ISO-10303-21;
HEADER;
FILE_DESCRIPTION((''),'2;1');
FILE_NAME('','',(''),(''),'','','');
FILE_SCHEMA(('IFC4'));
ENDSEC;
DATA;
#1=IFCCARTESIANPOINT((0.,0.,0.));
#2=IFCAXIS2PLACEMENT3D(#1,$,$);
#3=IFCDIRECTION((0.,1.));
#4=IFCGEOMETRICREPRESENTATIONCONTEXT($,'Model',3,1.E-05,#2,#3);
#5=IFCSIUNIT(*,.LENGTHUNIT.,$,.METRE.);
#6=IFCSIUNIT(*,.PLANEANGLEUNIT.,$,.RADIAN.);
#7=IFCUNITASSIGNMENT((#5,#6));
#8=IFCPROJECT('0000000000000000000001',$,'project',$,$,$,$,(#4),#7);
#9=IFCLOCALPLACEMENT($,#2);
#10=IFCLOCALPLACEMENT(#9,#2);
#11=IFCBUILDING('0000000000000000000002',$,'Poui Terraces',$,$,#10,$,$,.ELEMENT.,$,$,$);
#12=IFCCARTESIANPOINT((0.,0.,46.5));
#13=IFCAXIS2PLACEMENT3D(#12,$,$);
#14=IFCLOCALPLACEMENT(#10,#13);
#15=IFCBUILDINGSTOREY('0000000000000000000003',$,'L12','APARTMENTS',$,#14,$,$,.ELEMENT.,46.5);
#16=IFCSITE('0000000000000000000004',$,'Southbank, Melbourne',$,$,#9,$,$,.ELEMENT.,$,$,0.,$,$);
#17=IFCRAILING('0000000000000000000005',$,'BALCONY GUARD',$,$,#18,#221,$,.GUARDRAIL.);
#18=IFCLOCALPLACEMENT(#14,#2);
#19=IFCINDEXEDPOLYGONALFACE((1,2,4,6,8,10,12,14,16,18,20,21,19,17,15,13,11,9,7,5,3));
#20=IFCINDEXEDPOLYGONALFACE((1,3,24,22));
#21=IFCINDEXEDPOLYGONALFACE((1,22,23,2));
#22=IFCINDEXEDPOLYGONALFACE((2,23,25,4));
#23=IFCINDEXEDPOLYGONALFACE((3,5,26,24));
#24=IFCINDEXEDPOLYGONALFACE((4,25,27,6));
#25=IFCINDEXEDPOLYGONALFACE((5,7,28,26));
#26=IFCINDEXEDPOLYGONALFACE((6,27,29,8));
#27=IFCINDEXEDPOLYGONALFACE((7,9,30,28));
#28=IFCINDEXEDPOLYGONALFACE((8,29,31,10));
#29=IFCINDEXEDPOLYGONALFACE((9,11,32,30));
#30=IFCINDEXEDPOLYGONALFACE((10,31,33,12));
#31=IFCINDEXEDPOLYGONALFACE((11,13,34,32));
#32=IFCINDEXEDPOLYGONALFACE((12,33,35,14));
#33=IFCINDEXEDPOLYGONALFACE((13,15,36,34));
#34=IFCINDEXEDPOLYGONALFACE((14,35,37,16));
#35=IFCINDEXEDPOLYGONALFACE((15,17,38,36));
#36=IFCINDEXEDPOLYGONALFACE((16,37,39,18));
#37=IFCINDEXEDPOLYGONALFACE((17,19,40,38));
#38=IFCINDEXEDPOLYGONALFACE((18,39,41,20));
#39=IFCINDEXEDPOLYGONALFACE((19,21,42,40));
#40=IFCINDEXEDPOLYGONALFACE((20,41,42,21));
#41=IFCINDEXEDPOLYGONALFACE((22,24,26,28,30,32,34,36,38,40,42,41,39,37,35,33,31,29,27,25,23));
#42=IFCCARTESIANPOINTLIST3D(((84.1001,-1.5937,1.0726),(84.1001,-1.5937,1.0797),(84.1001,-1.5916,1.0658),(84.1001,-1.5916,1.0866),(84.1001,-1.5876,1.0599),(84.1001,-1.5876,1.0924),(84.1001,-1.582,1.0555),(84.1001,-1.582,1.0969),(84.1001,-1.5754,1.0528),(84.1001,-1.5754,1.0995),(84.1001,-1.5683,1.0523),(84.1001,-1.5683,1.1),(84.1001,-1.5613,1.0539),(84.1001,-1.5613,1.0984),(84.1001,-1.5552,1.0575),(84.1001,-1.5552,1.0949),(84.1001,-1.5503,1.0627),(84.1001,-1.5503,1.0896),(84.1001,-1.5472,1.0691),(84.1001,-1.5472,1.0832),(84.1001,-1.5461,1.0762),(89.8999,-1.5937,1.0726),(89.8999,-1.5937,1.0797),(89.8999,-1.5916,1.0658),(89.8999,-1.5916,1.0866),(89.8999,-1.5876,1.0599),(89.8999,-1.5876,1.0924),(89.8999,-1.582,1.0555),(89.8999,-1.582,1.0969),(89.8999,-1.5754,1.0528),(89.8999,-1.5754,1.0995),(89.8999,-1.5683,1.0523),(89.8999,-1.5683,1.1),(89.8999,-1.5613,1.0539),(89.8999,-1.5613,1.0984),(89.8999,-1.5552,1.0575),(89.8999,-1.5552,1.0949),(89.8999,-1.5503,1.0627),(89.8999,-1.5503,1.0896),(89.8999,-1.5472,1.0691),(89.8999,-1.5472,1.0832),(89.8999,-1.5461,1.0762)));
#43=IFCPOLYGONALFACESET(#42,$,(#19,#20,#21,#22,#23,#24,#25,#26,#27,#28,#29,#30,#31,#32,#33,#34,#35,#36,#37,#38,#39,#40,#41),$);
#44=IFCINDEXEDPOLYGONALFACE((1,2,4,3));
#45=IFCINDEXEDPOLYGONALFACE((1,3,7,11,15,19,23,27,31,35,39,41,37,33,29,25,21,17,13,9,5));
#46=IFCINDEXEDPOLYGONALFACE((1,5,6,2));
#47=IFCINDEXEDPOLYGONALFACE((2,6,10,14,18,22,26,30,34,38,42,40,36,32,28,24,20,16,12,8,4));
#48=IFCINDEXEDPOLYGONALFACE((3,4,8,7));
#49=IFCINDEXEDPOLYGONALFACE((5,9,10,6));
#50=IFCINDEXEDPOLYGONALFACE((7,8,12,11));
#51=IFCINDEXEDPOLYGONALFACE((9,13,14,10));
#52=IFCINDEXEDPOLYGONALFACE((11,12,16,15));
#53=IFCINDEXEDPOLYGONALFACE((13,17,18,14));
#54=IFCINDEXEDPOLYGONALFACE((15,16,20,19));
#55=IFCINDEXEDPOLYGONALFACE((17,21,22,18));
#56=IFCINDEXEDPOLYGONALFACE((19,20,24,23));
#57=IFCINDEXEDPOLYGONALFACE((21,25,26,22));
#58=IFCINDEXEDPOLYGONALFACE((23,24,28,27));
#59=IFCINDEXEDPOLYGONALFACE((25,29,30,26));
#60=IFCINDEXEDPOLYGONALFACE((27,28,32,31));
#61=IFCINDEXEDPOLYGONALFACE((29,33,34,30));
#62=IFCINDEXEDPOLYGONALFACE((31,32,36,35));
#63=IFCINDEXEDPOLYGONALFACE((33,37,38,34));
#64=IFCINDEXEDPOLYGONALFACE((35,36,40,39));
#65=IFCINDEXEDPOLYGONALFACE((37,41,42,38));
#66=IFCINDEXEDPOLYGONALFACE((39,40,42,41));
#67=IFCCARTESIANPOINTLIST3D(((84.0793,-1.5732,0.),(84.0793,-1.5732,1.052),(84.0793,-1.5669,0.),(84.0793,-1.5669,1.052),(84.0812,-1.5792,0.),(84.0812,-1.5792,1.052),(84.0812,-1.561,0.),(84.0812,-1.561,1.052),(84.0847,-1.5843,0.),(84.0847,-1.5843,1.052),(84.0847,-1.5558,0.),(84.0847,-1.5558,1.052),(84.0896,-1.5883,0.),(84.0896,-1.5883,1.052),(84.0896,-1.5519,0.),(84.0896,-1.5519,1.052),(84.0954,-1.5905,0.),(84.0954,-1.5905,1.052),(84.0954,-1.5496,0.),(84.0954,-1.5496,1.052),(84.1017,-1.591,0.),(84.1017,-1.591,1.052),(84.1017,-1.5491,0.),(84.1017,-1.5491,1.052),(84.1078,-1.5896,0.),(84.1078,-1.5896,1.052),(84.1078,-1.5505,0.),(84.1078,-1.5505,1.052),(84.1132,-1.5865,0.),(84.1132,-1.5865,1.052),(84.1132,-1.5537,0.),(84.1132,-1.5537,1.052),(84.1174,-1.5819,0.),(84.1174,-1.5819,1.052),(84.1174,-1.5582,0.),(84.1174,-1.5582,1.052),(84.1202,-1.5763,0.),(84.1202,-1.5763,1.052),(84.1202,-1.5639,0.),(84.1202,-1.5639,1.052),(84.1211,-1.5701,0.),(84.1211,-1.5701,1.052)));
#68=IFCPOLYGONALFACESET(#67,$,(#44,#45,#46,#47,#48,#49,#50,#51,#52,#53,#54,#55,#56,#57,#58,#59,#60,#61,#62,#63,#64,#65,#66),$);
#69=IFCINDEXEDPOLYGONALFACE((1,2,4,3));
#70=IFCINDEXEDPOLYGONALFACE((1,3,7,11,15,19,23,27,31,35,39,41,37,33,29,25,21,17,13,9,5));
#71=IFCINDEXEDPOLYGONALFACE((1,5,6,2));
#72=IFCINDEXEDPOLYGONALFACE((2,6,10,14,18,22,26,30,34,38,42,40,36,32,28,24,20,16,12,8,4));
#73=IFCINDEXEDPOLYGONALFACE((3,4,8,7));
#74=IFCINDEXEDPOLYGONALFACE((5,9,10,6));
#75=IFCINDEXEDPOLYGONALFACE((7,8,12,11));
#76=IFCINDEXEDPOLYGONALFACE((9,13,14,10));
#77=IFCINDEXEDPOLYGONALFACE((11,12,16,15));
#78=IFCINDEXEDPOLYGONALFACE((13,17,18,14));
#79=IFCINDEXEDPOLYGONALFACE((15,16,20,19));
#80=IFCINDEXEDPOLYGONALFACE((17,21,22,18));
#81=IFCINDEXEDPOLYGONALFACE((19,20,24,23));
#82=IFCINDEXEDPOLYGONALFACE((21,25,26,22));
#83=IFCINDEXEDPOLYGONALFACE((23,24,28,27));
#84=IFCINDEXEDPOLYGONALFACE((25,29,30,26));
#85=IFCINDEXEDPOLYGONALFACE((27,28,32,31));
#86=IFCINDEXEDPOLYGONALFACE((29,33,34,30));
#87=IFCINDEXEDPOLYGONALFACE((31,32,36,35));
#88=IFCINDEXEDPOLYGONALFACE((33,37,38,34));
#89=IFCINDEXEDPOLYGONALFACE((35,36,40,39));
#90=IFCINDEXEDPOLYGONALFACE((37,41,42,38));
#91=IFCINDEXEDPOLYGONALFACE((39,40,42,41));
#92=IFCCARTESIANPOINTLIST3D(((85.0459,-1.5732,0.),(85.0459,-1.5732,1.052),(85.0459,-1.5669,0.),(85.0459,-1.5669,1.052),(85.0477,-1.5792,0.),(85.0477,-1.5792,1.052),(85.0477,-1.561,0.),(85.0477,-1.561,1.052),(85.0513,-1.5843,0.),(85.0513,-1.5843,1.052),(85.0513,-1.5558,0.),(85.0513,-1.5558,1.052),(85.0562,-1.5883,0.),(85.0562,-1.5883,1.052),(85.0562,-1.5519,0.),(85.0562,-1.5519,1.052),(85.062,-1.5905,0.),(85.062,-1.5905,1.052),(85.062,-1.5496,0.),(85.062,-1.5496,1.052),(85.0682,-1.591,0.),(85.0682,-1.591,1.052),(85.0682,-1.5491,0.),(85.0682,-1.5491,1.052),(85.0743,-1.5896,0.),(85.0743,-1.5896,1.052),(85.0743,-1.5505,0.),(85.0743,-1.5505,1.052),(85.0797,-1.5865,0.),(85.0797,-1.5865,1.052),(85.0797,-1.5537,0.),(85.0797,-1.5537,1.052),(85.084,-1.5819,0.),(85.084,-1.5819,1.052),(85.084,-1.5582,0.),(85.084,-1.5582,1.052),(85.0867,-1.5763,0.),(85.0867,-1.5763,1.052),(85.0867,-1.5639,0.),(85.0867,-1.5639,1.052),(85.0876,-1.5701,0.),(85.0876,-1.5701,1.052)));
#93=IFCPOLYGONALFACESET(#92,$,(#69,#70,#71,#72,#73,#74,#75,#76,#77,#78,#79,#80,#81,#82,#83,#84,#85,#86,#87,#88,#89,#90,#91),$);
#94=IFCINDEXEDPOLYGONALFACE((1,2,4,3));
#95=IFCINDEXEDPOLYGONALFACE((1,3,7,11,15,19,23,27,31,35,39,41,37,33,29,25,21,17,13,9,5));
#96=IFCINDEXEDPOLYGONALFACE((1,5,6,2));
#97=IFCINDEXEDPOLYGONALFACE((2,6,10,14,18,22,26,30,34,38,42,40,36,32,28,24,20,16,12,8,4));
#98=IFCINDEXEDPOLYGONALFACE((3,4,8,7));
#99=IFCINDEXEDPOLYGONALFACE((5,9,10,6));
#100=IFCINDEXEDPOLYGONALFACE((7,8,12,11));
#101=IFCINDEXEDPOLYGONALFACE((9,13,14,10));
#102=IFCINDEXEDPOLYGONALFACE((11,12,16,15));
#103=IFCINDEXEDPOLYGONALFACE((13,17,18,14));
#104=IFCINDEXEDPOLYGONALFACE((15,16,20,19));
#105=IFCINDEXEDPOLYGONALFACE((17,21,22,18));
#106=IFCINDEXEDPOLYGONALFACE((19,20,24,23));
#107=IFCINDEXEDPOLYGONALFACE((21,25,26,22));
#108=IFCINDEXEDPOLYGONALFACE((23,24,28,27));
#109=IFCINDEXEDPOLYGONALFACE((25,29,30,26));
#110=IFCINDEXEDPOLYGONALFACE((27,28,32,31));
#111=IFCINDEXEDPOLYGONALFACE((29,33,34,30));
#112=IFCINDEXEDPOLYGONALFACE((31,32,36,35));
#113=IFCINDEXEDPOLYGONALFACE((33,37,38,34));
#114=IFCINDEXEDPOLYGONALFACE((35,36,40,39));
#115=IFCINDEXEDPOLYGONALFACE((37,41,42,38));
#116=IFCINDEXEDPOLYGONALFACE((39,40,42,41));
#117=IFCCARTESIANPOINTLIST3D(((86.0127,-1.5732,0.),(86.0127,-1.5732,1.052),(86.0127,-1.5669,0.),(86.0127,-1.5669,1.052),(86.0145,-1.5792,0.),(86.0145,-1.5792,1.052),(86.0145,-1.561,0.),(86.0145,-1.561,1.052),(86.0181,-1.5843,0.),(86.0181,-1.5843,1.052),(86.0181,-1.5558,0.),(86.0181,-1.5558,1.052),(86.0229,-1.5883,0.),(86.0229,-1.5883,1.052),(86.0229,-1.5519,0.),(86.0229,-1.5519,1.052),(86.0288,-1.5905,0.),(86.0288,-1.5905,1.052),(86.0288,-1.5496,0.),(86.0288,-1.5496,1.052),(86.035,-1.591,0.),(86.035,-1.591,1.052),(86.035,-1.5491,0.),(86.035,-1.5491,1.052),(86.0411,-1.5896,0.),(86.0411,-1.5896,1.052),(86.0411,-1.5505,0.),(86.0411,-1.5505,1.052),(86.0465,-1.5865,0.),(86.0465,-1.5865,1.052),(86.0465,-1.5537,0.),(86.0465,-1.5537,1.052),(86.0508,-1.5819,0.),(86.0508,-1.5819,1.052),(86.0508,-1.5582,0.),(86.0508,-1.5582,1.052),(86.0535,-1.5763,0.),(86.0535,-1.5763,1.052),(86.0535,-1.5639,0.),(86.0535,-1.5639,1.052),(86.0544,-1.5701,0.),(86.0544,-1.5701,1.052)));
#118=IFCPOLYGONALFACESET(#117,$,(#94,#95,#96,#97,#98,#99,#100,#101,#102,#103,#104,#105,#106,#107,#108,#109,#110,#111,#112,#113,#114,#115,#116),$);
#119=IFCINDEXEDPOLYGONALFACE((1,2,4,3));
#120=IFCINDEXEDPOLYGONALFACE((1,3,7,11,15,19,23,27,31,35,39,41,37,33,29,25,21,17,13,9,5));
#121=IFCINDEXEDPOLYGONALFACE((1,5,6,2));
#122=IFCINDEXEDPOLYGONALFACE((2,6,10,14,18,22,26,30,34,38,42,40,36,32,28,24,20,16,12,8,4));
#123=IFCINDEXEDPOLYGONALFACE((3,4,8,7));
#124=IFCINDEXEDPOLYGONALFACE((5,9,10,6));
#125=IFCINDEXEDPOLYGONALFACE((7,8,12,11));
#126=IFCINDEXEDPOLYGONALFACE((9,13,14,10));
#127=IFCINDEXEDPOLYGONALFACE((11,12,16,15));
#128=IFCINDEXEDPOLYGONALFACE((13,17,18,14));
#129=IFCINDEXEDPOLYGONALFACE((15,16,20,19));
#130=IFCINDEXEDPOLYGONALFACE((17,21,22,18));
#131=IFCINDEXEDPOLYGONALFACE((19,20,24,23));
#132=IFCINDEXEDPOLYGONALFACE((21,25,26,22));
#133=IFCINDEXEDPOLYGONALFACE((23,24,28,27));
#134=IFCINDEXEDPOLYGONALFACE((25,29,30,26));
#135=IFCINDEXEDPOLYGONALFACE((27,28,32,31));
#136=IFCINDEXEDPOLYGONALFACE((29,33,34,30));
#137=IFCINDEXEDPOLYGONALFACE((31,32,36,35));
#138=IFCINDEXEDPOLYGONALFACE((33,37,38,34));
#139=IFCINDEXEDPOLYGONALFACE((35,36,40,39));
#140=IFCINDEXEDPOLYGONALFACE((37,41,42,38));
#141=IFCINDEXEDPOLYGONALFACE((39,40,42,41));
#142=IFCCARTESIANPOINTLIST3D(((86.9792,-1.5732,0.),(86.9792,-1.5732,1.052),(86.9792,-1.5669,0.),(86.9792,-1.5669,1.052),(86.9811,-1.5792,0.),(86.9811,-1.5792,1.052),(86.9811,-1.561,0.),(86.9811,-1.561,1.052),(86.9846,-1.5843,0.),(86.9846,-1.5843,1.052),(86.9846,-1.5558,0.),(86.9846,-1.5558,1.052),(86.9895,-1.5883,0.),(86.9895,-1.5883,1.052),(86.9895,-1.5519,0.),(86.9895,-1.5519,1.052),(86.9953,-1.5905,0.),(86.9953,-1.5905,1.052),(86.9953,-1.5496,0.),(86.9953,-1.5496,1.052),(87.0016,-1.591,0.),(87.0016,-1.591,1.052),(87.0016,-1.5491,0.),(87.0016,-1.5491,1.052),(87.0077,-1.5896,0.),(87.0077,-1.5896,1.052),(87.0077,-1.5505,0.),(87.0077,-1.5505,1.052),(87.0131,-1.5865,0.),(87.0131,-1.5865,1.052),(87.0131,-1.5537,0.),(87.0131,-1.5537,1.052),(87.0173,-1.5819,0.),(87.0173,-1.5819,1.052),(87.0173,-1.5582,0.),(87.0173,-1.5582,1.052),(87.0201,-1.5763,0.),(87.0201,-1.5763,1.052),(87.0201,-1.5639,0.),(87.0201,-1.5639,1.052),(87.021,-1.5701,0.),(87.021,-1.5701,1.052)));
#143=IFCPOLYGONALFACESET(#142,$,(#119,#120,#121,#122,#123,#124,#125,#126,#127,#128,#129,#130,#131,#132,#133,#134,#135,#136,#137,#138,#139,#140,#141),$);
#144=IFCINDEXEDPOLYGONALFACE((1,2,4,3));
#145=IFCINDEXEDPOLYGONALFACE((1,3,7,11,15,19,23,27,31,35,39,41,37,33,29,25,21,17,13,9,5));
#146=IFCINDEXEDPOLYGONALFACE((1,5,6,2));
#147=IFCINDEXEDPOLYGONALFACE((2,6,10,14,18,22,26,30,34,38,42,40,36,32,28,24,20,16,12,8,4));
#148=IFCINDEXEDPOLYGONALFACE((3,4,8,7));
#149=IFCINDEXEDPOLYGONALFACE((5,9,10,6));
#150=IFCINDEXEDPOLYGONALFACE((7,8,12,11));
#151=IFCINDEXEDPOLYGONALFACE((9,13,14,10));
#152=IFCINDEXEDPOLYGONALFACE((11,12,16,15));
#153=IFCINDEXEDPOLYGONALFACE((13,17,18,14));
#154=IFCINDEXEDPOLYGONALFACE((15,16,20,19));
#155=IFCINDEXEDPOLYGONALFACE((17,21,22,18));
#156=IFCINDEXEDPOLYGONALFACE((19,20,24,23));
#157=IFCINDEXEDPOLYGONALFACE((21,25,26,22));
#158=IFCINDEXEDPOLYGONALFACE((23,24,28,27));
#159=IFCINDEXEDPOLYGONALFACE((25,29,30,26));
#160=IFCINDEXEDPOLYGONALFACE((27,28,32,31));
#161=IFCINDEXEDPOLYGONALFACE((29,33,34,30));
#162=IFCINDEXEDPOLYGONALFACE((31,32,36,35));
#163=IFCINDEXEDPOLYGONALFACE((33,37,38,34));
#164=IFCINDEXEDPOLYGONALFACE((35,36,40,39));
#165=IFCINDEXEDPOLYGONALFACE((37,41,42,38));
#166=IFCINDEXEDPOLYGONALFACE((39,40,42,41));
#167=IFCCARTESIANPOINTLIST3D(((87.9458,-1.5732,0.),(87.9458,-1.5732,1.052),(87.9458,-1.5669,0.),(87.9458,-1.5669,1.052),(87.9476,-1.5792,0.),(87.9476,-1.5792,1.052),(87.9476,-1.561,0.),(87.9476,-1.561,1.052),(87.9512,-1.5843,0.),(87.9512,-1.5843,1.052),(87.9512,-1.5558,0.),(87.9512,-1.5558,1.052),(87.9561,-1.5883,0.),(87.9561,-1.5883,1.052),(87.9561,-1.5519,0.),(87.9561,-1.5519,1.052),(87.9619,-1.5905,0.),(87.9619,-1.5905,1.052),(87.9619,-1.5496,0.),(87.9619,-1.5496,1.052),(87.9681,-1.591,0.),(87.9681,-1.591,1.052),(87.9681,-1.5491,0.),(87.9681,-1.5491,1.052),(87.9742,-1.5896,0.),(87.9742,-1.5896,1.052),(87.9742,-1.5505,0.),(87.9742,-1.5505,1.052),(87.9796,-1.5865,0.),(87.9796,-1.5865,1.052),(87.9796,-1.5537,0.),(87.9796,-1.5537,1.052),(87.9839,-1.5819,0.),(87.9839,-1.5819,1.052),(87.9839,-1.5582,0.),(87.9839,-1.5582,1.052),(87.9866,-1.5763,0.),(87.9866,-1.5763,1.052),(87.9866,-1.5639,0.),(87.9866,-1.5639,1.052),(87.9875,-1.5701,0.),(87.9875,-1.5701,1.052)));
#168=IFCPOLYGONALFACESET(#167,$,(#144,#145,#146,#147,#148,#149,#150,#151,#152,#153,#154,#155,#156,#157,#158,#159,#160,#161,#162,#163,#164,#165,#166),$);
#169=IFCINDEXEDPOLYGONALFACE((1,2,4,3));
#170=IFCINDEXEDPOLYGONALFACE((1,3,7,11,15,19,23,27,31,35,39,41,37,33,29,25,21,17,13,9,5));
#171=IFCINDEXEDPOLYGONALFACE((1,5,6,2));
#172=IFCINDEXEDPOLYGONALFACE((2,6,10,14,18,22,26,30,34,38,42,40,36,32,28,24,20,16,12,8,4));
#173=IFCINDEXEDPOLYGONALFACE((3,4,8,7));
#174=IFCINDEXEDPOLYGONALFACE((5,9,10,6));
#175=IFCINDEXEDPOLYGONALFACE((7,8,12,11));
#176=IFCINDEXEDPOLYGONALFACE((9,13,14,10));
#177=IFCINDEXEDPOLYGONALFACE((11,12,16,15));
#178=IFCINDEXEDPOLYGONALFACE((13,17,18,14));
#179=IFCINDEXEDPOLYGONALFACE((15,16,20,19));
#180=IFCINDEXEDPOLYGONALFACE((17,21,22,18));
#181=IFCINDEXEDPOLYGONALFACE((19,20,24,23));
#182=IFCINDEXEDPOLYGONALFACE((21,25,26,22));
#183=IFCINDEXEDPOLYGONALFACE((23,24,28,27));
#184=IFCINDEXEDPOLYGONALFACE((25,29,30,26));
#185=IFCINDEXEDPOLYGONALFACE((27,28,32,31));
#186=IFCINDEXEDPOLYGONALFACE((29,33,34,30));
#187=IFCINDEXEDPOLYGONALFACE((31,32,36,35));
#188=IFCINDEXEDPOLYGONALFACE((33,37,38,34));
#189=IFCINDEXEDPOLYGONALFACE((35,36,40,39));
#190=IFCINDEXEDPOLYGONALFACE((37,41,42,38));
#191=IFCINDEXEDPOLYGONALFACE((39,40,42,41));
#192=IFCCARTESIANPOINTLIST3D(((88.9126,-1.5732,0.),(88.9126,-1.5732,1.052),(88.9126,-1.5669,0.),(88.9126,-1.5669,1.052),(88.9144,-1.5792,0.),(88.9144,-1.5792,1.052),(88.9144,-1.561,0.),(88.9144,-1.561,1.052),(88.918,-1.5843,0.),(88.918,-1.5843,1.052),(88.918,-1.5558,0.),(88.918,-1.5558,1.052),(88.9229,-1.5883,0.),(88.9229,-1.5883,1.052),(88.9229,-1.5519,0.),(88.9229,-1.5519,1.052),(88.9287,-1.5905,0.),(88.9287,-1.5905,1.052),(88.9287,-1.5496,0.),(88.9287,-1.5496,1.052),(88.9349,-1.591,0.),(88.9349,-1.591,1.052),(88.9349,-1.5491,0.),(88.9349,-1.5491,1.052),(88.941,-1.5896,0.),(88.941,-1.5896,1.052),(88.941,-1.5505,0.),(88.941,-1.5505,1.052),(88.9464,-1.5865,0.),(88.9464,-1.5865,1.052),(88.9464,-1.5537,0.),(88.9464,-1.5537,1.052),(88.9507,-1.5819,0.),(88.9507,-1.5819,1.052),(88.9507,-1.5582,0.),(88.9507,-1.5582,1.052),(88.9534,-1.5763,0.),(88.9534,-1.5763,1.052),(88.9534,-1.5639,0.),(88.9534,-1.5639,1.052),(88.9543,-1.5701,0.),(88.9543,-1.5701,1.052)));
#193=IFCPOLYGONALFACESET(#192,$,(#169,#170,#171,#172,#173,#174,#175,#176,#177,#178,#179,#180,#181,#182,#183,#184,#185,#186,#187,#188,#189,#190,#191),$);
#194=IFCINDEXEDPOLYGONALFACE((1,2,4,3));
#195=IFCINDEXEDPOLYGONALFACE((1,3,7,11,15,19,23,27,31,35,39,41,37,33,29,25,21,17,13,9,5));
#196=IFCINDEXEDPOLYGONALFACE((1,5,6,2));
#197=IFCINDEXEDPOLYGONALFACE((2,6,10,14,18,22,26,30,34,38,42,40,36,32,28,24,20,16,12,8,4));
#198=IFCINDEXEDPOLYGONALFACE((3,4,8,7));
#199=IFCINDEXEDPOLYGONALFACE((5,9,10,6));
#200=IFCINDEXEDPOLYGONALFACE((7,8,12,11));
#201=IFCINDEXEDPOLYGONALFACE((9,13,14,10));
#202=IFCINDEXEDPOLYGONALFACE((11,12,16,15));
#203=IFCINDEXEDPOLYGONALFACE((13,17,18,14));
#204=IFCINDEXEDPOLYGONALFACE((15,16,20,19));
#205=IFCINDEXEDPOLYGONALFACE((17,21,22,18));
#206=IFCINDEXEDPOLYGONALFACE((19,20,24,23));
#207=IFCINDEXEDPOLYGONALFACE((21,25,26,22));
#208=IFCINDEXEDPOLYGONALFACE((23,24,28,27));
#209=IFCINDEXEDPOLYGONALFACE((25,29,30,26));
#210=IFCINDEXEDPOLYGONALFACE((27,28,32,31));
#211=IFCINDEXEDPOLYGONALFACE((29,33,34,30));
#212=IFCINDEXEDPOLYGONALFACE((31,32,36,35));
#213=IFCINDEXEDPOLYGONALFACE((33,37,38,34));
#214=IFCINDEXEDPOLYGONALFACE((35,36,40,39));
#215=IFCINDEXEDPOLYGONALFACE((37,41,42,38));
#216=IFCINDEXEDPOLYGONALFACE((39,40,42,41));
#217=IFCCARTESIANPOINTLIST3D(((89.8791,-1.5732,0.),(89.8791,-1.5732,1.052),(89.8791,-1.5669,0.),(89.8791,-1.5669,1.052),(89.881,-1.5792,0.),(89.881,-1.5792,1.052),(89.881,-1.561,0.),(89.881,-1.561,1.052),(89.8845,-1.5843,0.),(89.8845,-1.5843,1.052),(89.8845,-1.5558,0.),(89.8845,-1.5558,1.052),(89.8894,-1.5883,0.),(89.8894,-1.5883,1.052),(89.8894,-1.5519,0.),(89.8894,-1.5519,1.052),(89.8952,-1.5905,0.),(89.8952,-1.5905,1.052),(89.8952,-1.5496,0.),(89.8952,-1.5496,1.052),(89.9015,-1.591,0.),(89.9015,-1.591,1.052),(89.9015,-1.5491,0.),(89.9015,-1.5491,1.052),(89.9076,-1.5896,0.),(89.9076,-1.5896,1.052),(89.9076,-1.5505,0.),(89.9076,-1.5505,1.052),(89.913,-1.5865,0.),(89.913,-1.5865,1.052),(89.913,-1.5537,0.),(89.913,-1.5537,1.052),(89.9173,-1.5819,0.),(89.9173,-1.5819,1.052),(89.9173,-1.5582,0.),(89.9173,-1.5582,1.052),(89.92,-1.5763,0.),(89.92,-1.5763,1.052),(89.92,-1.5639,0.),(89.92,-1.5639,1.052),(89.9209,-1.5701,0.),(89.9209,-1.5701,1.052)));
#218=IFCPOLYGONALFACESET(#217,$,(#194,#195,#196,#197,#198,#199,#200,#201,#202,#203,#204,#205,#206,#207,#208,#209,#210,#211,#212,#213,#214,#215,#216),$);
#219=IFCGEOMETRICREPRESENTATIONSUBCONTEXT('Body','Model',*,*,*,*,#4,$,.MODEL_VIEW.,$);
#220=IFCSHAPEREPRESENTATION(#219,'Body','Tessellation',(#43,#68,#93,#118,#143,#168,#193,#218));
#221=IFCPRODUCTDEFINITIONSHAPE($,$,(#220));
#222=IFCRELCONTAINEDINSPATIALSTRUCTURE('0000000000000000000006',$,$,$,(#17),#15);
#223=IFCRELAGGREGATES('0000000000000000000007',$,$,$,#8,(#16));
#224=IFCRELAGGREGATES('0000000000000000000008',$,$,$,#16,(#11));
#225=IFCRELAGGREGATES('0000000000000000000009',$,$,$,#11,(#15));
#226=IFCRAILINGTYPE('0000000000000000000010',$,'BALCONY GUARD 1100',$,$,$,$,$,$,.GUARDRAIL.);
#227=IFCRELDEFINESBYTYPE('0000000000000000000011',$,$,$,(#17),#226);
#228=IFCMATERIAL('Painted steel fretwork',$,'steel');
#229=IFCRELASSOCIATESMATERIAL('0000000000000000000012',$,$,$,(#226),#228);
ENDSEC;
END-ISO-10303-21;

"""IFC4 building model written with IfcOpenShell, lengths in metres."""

from ifc_helpers import new_model, si_unit, direction, frame, origin, origin_2d, place, context, subcontext, project, spatial, circle, extrude, material, type_object, element, save


model = new_model("IFC4")

# Units and contexts
model_context = context("Model", 3, precision=1e-05, world=origin(), true_north=direction((0.0, 1.0)))
body_context = subcontext(model_context, "Body", "Model", "MODEL_VIEW")
ifc_project = project(units=[si_unit("LENGTHUNIT", "METRE"), si_unit("PLANEANGLEUNIT", "RADIAN")], contexts=[model_context])

# Site, building, storey
site_placement = place(None, origin())
site = spatial("IfcSite", under=ifc_project, at=site_placement, Name="Southbank, Melbourne", CompositionType="ELEMENT", RefElevation=0.0)
building_placement = place(site_placement, origin())
building = spatial("IfcBuilding", under=site, at=building_placement, Name="Poui Terraces", CompositionType="ELEMENT")
storey_placement = place(building_placement, frame((0.0, 0.0, 46.5)))
storey = spatial("IfcBuildingStorey", under=building, at=storey_placement, Name="L12", Description="APARTMENTS", CompositionType="ELEMENT", Elevation=46.5)

# Railing
ifc_material_1 = material(Name="Painted steel fretwork", Category="steel")
railing_type = type_object("IfcRailingType", Name="BALCONY GUARD 1100", PredefinedType="GUARDRAIL", material=ifc_material_1)
railing_placement = place(storey_placement, frame((84.1001, -1.5701, 0.0)))
element("IfcRailing", 1, at=railing_placement, inside=storey, type_object=railing_type, Name="BALCONY GUARD", PredefinedType="GUARDRAIL", context=body_context, shape_type="SweptSolid", body=[
    extrude(circle(Radius=0.0239, at=origin_2d()), frame((0.0, 0.0, 1.0762), z_axis=(1.0, 0.0, 0.0), x_axis=(0.0, 1.0, 0.0)), (0.0, 0.0, 1.0), 5.7998),
    extrude(circle(Radius=0.021, at=origin_2d()), origin(), (0.0, 0.0, 1.0), 1.052),
    extrude(circle(Radius=0.021, at=origin_2d()), frame((0.9666, 0.0, 0.0)), (0.0, 0.0, 1.0), 1.052),
    extrude(circle(Radius=0.021, at=origin_2d()), frame((1.9333, 0.0, 0.0)), (0.0, 0.0, 1.0), 1.052),
    extrude(circle(Radius=0.021, at=origin_2d()), frame((2.8999, 0.0, 0.0)), (0.0, 0.0, 1.0), 1.052),
    extrude(circle(Radius=0.021, at=origin_2d()), frame((3.8665, 0.0, 0.0)), (0.0, 0.0, 1.0), 1.052),
    extrude(circle(Radius=0.021, at=origin_2d()), frame((4.8333, 0.0, 0.0)), (0.0, 0.0, 1.0), 1.052),
    extrude(circle(Radius=0.021, at=origin_2d()), frame((5.7998, 0.0, 0.0)), (0.0, 0.0, 1.0), 1.052),
])

save(model, "model.ifc")
